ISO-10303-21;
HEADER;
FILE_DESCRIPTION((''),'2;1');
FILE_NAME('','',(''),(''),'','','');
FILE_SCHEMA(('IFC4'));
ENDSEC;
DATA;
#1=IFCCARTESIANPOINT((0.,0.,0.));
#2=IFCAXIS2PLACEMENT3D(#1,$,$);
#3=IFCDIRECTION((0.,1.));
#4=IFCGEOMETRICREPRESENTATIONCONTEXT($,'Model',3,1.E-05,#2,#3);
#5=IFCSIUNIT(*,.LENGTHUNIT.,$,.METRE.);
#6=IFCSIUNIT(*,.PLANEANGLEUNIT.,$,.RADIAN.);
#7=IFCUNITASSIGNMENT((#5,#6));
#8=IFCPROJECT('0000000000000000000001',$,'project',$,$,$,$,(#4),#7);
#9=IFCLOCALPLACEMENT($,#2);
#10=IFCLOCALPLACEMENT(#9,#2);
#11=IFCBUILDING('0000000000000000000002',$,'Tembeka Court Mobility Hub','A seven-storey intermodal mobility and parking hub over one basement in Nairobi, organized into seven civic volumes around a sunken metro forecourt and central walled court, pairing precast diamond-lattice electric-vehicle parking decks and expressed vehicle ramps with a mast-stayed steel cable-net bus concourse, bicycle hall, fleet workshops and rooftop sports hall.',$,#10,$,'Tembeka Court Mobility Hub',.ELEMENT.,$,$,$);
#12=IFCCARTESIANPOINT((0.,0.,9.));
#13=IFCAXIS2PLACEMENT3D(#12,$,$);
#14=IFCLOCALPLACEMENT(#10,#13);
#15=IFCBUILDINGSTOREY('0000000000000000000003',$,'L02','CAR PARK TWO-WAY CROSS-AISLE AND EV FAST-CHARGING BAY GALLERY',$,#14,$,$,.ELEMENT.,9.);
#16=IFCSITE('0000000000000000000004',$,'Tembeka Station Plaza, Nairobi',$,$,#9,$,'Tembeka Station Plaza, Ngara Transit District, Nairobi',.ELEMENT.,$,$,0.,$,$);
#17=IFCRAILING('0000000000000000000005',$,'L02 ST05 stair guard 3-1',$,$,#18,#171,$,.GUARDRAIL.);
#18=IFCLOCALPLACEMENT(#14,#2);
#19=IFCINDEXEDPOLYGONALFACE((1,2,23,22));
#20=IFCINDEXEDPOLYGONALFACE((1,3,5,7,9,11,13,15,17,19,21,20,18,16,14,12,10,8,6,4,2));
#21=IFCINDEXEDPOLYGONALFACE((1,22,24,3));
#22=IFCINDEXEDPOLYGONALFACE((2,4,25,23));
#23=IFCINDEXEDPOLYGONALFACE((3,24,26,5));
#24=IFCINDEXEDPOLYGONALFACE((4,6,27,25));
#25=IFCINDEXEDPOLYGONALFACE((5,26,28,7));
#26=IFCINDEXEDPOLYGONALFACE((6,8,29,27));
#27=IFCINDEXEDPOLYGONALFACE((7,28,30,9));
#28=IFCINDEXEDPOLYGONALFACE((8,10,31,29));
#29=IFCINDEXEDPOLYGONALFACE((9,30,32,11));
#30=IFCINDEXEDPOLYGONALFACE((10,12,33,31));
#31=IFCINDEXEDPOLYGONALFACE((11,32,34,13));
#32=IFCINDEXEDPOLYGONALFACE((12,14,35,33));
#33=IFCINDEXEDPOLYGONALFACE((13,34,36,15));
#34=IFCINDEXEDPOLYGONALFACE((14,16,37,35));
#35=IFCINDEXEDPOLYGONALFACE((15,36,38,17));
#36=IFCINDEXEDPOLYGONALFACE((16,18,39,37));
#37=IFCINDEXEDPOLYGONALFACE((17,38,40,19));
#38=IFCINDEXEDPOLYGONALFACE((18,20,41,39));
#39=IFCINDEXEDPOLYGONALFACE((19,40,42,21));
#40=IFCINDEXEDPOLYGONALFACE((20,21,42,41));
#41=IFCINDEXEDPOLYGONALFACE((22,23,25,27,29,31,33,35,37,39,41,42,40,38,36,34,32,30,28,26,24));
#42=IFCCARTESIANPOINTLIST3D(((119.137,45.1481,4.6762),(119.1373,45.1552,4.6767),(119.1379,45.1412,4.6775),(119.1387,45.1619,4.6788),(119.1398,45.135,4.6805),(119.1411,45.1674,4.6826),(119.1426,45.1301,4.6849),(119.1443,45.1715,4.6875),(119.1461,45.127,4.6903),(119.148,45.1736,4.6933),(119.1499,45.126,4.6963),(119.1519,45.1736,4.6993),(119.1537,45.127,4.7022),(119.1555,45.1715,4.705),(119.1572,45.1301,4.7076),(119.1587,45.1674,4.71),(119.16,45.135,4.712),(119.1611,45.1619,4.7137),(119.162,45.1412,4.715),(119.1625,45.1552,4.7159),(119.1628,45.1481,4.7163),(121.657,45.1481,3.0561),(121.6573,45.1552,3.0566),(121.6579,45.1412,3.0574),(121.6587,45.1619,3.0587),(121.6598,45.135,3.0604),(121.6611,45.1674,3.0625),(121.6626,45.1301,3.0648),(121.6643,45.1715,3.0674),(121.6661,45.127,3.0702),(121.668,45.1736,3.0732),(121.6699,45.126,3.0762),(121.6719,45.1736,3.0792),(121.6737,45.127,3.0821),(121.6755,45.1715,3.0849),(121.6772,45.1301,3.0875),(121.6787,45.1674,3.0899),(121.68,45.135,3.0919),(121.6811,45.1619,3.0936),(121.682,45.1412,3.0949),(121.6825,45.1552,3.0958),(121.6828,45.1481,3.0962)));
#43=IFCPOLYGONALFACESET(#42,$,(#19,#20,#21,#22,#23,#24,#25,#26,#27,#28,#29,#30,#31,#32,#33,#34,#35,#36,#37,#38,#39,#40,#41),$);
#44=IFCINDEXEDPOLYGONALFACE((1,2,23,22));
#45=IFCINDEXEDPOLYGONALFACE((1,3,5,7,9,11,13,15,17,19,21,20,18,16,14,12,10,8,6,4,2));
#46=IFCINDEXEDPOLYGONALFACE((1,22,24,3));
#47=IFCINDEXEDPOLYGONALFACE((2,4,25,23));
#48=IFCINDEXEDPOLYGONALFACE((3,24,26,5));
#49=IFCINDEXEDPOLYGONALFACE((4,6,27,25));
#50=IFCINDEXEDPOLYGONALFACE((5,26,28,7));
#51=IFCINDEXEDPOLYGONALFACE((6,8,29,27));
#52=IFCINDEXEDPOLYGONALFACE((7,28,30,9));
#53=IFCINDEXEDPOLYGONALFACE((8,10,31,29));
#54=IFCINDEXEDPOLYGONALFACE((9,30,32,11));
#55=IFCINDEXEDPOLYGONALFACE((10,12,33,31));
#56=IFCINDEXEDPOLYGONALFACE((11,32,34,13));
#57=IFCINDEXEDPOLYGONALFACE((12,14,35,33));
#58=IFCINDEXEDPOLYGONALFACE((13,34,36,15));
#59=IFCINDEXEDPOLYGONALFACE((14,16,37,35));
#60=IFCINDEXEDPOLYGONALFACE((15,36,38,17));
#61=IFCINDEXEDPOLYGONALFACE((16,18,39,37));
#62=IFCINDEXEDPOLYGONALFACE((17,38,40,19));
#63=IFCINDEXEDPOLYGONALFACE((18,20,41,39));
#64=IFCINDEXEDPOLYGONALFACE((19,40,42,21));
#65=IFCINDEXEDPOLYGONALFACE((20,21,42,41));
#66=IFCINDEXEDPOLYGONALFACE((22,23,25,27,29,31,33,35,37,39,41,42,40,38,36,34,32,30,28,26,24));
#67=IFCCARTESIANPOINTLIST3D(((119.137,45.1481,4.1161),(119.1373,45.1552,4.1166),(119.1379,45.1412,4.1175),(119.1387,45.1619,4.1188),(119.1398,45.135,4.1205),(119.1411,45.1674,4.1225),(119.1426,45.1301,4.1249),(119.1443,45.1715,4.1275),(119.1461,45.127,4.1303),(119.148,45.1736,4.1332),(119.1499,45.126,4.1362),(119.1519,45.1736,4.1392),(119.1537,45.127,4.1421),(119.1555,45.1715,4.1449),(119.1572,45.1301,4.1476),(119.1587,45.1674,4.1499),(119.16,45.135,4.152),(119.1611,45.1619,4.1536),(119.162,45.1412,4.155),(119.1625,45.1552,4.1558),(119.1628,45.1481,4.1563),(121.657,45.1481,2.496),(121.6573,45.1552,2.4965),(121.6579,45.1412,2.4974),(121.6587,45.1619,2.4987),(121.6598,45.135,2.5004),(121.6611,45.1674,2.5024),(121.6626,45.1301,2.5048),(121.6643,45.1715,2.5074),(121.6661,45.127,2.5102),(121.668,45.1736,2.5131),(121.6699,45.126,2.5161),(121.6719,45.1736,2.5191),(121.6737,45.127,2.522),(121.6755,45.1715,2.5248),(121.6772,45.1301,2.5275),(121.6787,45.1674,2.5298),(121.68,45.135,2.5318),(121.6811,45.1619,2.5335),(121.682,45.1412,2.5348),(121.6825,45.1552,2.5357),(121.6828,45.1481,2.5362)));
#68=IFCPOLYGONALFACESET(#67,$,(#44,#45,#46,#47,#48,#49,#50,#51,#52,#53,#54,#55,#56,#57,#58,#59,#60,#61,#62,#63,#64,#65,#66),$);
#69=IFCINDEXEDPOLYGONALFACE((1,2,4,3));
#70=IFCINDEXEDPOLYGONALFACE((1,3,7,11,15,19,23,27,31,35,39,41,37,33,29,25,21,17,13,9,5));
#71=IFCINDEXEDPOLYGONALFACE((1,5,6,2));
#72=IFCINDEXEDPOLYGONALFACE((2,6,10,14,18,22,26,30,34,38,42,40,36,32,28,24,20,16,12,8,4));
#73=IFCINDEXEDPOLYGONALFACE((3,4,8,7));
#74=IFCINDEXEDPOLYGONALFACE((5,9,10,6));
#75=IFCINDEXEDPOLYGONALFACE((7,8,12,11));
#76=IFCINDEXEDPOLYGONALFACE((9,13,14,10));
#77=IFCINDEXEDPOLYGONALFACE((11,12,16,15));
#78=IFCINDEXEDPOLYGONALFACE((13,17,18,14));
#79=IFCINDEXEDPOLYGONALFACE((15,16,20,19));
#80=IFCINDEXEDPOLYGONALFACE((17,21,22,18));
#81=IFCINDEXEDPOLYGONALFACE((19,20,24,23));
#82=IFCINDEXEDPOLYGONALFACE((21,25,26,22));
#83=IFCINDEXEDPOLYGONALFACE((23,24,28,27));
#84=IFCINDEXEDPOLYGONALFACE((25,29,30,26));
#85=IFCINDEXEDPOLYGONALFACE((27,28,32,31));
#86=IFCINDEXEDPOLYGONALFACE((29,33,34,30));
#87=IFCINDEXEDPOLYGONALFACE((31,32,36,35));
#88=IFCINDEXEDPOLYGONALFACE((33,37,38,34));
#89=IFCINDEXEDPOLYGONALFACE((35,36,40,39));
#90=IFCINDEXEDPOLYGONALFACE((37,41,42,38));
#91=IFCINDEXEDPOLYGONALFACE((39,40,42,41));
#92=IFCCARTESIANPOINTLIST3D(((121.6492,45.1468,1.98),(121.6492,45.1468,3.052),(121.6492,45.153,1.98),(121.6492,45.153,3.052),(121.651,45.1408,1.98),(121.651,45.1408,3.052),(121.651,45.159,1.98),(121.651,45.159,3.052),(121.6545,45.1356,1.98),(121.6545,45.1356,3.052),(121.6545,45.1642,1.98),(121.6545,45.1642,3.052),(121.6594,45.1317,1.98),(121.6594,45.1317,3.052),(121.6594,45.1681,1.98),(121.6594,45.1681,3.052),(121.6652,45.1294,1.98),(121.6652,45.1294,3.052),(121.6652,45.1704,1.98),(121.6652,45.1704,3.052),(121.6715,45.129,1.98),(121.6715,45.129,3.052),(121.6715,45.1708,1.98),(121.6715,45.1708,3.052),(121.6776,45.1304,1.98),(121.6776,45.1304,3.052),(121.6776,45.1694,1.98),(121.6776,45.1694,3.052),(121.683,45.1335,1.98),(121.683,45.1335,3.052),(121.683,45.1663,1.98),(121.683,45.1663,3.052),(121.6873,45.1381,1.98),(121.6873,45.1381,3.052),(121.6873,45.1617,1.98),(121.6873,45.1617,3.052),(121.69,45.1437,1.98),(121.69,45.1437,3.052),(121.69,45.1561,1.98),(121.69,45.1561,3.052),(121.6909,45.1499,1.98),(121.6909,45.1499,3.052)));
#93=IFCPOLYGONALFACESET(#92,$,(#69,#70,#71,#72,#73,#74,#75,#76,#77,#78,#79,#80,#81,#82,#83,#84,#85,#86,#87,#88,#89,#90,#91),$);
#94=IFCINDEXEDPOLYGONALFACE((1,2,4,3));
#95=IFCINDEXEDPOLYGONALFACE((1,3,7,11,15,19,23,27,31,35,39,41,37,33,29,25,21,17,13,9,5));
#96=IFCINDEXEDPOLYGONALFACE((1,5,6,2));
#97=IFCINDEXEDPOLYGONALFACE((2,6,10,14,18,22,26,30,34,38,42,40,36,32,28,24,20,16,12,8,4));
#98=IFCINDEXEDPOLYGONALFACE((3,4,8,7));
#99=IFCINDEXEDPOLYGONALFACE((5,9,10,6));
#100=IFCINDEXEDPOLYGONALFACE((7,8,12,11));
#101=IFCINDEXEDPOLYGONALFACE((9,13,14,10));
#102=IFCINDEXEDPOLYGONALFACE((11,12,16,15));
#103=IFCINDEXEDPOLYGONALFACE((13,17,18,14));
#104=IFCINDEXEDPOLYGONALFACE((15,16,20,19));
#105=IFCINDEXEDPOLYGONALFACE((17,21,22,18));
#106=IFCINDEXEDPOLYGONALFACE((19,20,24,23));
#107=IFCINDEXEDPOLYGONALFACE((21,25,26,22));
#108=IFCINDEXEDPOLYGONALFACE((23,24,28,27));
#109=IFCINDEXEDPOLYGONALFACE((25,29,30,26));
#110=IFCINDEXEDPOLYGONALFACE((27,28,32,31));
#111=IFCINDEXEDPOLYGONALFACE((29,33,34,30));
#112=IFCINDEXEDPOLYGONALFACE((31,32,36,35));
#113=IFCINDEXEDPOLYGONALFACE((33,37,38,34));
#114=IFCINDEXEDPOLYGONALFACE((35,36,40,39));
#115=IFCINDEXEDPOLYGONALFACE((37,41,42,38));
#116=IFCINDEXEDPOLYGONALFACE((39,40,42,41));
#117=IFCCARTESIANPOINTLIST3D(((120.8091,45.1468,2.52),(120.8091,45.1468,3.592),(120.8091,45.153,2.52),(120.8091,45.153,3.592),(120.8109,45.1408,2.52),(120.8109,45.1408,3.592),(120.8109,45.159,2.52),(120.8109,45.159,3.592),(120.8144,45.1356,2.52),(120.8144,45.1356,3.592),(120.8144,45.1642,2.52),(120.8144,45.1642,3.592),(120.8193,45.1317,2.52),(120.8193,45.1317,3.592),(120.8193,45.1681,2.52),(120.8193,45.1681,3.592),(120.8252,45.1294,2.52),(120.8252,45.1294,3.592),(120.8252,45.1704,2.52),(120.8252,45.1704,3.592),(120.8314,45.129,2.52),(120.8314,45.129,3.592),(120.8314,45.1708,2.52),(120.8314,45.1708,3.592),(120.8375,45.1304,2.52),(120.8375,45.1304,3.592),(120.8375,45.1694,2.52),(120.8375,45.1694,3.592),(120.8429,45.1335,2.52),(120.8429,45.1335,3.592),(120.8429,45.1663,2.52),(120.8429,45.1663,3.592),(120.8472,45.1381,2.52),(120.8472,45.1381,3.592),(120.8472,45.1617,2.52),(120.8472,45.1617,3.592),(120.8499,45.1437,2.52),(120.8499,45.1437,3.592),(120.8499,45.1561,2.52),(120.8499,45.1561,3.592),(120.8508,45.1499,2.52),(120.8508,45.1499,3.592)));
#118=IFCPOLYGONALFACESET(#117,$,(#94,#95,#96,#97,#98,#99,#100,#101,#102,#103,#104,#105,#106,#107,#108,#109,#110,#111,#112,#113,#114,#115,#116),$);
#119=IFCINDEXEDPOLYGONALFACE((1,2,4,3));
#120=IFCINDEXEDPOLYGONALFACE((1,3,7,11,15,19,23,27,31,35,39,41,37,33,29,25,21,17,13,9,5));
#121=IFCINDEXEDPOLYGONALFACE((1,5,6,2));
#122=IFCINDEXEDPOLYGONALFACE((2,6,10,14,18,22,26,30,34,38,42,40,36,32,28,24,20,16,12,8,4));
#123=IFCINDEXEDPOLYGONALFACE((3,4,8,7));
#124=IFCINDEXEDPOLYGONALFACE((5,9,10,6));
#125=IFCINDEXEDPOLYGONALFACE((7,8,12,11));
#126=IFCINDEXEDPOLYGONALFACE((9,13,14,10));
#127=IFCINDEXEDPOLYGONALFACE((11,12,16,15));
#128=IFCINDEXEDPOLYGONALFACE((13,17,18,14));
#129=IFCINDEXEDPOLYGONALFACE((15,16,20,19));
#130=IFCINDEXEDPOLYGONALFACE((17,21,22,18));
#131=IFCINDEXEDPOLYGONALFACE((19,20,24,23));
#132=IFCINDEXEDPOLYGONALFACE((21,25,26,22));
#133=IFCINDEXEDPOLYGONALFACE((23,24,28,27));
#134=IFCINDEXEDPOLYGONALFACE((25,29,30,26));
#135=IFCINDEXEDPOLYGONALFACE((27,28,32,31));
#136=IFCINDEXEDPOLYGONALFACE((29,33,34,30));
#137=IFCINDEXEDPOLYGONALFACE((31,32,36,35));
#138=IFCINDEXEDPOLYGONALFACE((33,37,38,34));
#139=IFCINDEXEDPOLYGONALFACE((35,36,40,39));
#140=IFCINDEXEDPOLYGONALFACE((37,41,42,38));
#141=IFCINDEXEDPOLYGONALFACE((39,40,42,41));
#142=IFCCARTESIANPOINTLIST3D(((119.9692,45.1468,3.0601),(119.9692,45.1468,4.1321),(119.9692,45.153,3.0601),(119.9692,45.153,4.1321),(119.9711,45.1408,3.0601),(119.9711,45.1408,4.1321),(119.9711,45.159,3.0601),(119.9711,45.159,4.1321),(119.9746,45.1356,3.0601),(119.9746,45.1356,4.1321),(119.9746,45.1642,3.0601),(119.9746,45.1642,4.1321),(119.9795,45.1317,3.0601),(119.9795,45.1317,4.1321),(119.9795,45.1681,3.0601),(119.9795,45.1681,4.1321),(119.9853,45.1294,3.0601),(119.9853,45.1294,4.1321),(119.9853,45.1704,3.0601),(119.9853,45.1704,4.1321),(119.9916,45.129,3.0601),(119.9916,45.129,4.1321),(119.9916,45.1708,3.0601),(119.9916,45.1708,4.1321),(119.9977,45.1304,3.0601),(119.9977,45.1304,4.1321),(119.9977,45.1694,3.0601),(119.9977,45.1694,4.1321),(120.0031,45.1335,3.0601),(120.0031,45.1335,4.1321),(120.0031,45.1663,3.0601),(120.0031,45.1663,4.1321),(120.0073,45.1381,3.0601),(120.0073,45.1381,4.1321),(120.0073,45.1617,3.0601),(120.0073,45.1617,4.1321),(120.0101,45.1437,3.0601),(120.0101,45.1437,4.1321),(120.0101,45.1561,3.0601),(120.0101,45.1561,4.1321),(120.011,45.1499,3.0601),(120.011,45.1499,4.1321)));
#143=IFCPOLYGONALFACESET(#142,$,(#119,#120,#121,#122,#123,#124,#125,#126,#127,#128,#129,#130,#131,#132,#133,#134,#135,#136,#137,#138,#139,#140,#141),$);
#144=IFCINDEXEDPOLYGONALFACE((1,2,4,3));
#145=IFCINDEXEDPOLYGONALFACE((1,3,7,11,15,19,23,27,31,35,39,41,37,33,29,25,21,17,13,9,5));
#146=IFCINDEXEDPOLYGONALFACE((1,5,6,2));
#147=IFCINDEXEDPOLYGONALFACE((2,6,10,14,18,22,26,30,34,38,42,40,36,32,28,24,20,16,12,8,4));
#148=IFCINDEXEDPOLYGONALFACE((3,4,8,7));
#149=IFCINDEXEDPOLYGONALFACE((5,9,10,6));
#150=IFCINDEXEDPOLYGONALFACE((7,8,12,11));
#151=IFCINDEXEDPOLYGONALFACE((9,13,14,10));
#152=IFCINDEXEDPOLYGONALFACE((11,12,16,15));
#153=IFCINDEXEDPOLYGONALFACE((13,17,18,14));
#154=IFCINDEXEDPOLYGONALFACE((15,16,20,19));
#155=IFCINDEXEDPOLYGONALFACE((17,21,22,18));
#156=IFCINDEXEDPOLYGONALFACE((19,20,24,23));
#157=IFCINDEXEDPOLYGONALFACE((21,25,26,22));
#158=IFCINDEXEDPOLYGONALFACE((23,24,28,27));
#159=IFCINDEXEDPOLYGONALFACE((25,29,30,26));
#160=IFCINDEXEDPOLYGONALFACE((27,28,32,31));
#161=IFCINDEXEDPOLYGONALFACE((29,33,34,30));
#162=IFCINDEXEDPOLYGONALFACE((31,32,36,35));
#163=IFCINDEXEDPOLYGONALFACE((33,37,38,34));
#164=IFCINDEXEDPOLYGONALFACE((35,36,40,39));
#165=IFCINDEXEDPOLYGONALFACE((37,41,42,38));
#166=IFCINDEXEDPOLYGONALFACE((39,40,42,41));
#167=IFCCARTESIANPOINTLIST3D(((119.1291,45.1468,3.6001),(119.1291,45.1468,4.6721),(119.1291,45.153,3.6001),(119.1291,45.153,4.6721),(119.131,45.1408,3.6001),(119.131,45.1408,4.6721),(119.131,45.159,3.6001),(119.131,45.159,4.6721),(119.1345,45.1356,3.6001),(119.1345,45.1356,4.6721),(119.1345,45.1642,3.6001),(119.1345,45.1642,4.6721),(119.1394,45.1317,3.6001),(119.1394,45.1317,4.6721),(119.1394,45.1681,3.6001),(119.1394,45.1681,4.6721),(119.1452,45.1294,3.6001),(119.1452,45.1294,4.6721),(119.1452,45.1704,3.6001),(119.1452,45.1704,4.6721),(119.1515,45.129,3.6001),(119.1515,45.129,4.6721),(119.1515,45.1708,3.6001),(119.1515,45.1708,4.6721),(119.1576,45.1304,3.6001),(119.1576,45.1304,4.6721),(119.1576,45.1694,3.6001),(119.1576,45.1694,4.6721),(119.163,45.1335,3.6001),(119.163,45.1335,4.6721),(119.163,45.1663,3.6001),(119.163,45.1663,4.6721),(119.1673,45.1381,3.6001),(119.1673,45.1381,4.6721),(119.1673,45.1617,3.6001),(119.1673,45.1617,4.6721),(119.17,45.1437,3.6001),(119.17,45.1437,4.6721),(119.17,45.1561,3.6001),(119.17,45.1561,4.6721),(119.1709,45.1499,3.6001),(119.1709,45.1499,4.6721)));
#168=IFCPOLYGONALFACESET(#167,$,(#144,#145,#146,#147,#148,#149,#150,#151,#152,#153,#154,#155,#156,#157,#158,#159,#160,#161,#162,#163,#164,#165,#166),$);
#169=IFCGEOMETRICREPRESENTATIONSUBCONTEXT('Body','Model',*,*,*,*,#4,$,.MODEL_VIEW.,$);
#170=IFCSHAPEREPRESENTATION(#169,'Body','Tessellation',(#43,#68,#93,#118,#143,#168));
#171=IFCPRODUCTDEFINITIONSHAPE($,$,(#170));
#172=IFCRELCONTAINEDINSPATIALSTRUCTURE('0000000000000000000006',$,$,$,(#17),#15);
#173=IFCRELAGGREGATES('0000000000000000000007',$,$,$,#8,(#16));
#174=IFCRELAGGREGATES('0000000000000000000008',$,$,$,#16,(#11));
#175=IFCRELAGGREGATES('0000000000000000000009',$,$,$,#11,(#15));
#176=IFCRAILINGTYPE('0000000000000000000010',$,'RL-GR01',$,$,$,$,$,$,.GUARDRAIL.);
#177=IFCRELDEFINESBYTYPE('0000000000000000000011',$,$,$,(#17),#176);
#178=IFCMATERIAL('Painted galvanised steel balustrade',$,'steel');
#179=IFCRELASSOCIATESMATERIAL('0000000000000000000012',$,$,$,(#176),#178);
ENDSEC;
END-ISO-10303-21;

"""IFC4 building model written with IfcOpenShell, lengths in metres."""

from ifc_helpers import new_model, si_unit, direction, frame, origin, origin_2d, place, context, subcontext, project, spatial, circle, extrude, material, type_object, element, save


model = new_model("IFC4")

# Units and contexts
model_context = context("Model", 3, precision=1e-05, world=origin(), true_north=direction((0.0, 1.0)))
body_context = subcontext(model_context, "Body", "Model", "MODEL_VIEW")
ifc_project = project(units=[si_unit("LENGTHUNIT", "METRE"), si_unit("PLANEANGLEUNIT", "RADIAN")], contexts=[model_context])

# Site, building, storey
site_placement = place(None, origin())
site = spatial("IfcSite", under=ifc_project, at=site_placement, Name="Tembeka Station Plaza, Nairobi", LongName="Tembeka Station Plaza, Ngara Transit District, Nairobi", CompositionType="ELEMENT", RefElevation=0.0)
building_placement = place(site_placement, origin())
building = spatial("IfcBuilding", under=site, at=building_placement, Name="Tembeka Court Mobility Hub", Description="A seven-storey intermodal mobility and parking hub over one basement in Nairobi, organized into seven civic volumes around a sunken metro forecourt and central walled court, pairing precast diamond-lattice electric-vehicle parking decks and expressed vehicle ramps with a mast-stayed steel cable-net bus concourse, bicycle hall, fleet workshops and rooftop sports hall.", LongName="Tembeka Court Mobility Hub", CompositionType="ELEMENT")
storey_placement = place(building_placement, frame((0.0, 0.0, 9.0)))
storey = spatial("IfcBuildingStorey", under=building, at=storey_placement, Name="L02", Description="CAR PARK TWO-WAY CROSS-AISLE AND EV FAST-CHARGING BAY GALLERY", CompositionType="ELEMENT", Elevation=9.0)

# Railing
ifc_material_1 = material(Name="Painted galvanised steel balustrade", Category="steel")
railing_type_1 = type_object("IfcRailingType", Name="RL-GR01", PredefinedType="GUARDRAIL", material=ifc_material_1)
railing_1_placement = place(storey_placement, frame((121.6699, 45.1499, 1.98)))
element("IfcRailing", 1, at=railing_1_placement, inside=storey, type_object=railing_type_1, Name="L02 ST05 stair guard 3-1", PredefinedType="GUARDRAIL", context=body_context, shape_type="SweptSolid", body=[
    extrude(circle(Radius=0.0239, at=origin_2d()), frame((0.0, 0.0, 1.0962), z_axis=(-0.841163, 0.0, 0.540782), x_axis=(0.0, -1.0, 0.0)), (0.0, 0.0, 1.0), 2.9958),
    extrude(circle(Radius=0.0239, at=origin_2d()), frame((0.0, 0.0, 0.5361), z_axis=(-0.841163, 0.0, 0.540782), x_axis=(0.0, -1.0, 0.0)), (0.0, 0.0, 1.0), 2.9958),
    extrude(circle(Radius=0.021, at=origin_2d()), origin(), (0.0, 0.0, 1.0), 1.072),
    extrude(circle(Radius=0.021, at=origin_2d()), frame((-0.8401, 0.0, 0.54)), (0.0, 0.0, 1.0), 1.072),
    extrude(circle(Radius=0.021, at=origin_2d()), frame((-1.6799, 0.0, 1.0801)), (0.0, 0.0, 1.0), 1.072),
    extrude(circle(Radius=0.021, at=origin_2d()), frame((-2.52, 0.0, 1.6201)), (0.0, 0.0, 1.0), 1.072),
])

save(model, "model.ifc")
